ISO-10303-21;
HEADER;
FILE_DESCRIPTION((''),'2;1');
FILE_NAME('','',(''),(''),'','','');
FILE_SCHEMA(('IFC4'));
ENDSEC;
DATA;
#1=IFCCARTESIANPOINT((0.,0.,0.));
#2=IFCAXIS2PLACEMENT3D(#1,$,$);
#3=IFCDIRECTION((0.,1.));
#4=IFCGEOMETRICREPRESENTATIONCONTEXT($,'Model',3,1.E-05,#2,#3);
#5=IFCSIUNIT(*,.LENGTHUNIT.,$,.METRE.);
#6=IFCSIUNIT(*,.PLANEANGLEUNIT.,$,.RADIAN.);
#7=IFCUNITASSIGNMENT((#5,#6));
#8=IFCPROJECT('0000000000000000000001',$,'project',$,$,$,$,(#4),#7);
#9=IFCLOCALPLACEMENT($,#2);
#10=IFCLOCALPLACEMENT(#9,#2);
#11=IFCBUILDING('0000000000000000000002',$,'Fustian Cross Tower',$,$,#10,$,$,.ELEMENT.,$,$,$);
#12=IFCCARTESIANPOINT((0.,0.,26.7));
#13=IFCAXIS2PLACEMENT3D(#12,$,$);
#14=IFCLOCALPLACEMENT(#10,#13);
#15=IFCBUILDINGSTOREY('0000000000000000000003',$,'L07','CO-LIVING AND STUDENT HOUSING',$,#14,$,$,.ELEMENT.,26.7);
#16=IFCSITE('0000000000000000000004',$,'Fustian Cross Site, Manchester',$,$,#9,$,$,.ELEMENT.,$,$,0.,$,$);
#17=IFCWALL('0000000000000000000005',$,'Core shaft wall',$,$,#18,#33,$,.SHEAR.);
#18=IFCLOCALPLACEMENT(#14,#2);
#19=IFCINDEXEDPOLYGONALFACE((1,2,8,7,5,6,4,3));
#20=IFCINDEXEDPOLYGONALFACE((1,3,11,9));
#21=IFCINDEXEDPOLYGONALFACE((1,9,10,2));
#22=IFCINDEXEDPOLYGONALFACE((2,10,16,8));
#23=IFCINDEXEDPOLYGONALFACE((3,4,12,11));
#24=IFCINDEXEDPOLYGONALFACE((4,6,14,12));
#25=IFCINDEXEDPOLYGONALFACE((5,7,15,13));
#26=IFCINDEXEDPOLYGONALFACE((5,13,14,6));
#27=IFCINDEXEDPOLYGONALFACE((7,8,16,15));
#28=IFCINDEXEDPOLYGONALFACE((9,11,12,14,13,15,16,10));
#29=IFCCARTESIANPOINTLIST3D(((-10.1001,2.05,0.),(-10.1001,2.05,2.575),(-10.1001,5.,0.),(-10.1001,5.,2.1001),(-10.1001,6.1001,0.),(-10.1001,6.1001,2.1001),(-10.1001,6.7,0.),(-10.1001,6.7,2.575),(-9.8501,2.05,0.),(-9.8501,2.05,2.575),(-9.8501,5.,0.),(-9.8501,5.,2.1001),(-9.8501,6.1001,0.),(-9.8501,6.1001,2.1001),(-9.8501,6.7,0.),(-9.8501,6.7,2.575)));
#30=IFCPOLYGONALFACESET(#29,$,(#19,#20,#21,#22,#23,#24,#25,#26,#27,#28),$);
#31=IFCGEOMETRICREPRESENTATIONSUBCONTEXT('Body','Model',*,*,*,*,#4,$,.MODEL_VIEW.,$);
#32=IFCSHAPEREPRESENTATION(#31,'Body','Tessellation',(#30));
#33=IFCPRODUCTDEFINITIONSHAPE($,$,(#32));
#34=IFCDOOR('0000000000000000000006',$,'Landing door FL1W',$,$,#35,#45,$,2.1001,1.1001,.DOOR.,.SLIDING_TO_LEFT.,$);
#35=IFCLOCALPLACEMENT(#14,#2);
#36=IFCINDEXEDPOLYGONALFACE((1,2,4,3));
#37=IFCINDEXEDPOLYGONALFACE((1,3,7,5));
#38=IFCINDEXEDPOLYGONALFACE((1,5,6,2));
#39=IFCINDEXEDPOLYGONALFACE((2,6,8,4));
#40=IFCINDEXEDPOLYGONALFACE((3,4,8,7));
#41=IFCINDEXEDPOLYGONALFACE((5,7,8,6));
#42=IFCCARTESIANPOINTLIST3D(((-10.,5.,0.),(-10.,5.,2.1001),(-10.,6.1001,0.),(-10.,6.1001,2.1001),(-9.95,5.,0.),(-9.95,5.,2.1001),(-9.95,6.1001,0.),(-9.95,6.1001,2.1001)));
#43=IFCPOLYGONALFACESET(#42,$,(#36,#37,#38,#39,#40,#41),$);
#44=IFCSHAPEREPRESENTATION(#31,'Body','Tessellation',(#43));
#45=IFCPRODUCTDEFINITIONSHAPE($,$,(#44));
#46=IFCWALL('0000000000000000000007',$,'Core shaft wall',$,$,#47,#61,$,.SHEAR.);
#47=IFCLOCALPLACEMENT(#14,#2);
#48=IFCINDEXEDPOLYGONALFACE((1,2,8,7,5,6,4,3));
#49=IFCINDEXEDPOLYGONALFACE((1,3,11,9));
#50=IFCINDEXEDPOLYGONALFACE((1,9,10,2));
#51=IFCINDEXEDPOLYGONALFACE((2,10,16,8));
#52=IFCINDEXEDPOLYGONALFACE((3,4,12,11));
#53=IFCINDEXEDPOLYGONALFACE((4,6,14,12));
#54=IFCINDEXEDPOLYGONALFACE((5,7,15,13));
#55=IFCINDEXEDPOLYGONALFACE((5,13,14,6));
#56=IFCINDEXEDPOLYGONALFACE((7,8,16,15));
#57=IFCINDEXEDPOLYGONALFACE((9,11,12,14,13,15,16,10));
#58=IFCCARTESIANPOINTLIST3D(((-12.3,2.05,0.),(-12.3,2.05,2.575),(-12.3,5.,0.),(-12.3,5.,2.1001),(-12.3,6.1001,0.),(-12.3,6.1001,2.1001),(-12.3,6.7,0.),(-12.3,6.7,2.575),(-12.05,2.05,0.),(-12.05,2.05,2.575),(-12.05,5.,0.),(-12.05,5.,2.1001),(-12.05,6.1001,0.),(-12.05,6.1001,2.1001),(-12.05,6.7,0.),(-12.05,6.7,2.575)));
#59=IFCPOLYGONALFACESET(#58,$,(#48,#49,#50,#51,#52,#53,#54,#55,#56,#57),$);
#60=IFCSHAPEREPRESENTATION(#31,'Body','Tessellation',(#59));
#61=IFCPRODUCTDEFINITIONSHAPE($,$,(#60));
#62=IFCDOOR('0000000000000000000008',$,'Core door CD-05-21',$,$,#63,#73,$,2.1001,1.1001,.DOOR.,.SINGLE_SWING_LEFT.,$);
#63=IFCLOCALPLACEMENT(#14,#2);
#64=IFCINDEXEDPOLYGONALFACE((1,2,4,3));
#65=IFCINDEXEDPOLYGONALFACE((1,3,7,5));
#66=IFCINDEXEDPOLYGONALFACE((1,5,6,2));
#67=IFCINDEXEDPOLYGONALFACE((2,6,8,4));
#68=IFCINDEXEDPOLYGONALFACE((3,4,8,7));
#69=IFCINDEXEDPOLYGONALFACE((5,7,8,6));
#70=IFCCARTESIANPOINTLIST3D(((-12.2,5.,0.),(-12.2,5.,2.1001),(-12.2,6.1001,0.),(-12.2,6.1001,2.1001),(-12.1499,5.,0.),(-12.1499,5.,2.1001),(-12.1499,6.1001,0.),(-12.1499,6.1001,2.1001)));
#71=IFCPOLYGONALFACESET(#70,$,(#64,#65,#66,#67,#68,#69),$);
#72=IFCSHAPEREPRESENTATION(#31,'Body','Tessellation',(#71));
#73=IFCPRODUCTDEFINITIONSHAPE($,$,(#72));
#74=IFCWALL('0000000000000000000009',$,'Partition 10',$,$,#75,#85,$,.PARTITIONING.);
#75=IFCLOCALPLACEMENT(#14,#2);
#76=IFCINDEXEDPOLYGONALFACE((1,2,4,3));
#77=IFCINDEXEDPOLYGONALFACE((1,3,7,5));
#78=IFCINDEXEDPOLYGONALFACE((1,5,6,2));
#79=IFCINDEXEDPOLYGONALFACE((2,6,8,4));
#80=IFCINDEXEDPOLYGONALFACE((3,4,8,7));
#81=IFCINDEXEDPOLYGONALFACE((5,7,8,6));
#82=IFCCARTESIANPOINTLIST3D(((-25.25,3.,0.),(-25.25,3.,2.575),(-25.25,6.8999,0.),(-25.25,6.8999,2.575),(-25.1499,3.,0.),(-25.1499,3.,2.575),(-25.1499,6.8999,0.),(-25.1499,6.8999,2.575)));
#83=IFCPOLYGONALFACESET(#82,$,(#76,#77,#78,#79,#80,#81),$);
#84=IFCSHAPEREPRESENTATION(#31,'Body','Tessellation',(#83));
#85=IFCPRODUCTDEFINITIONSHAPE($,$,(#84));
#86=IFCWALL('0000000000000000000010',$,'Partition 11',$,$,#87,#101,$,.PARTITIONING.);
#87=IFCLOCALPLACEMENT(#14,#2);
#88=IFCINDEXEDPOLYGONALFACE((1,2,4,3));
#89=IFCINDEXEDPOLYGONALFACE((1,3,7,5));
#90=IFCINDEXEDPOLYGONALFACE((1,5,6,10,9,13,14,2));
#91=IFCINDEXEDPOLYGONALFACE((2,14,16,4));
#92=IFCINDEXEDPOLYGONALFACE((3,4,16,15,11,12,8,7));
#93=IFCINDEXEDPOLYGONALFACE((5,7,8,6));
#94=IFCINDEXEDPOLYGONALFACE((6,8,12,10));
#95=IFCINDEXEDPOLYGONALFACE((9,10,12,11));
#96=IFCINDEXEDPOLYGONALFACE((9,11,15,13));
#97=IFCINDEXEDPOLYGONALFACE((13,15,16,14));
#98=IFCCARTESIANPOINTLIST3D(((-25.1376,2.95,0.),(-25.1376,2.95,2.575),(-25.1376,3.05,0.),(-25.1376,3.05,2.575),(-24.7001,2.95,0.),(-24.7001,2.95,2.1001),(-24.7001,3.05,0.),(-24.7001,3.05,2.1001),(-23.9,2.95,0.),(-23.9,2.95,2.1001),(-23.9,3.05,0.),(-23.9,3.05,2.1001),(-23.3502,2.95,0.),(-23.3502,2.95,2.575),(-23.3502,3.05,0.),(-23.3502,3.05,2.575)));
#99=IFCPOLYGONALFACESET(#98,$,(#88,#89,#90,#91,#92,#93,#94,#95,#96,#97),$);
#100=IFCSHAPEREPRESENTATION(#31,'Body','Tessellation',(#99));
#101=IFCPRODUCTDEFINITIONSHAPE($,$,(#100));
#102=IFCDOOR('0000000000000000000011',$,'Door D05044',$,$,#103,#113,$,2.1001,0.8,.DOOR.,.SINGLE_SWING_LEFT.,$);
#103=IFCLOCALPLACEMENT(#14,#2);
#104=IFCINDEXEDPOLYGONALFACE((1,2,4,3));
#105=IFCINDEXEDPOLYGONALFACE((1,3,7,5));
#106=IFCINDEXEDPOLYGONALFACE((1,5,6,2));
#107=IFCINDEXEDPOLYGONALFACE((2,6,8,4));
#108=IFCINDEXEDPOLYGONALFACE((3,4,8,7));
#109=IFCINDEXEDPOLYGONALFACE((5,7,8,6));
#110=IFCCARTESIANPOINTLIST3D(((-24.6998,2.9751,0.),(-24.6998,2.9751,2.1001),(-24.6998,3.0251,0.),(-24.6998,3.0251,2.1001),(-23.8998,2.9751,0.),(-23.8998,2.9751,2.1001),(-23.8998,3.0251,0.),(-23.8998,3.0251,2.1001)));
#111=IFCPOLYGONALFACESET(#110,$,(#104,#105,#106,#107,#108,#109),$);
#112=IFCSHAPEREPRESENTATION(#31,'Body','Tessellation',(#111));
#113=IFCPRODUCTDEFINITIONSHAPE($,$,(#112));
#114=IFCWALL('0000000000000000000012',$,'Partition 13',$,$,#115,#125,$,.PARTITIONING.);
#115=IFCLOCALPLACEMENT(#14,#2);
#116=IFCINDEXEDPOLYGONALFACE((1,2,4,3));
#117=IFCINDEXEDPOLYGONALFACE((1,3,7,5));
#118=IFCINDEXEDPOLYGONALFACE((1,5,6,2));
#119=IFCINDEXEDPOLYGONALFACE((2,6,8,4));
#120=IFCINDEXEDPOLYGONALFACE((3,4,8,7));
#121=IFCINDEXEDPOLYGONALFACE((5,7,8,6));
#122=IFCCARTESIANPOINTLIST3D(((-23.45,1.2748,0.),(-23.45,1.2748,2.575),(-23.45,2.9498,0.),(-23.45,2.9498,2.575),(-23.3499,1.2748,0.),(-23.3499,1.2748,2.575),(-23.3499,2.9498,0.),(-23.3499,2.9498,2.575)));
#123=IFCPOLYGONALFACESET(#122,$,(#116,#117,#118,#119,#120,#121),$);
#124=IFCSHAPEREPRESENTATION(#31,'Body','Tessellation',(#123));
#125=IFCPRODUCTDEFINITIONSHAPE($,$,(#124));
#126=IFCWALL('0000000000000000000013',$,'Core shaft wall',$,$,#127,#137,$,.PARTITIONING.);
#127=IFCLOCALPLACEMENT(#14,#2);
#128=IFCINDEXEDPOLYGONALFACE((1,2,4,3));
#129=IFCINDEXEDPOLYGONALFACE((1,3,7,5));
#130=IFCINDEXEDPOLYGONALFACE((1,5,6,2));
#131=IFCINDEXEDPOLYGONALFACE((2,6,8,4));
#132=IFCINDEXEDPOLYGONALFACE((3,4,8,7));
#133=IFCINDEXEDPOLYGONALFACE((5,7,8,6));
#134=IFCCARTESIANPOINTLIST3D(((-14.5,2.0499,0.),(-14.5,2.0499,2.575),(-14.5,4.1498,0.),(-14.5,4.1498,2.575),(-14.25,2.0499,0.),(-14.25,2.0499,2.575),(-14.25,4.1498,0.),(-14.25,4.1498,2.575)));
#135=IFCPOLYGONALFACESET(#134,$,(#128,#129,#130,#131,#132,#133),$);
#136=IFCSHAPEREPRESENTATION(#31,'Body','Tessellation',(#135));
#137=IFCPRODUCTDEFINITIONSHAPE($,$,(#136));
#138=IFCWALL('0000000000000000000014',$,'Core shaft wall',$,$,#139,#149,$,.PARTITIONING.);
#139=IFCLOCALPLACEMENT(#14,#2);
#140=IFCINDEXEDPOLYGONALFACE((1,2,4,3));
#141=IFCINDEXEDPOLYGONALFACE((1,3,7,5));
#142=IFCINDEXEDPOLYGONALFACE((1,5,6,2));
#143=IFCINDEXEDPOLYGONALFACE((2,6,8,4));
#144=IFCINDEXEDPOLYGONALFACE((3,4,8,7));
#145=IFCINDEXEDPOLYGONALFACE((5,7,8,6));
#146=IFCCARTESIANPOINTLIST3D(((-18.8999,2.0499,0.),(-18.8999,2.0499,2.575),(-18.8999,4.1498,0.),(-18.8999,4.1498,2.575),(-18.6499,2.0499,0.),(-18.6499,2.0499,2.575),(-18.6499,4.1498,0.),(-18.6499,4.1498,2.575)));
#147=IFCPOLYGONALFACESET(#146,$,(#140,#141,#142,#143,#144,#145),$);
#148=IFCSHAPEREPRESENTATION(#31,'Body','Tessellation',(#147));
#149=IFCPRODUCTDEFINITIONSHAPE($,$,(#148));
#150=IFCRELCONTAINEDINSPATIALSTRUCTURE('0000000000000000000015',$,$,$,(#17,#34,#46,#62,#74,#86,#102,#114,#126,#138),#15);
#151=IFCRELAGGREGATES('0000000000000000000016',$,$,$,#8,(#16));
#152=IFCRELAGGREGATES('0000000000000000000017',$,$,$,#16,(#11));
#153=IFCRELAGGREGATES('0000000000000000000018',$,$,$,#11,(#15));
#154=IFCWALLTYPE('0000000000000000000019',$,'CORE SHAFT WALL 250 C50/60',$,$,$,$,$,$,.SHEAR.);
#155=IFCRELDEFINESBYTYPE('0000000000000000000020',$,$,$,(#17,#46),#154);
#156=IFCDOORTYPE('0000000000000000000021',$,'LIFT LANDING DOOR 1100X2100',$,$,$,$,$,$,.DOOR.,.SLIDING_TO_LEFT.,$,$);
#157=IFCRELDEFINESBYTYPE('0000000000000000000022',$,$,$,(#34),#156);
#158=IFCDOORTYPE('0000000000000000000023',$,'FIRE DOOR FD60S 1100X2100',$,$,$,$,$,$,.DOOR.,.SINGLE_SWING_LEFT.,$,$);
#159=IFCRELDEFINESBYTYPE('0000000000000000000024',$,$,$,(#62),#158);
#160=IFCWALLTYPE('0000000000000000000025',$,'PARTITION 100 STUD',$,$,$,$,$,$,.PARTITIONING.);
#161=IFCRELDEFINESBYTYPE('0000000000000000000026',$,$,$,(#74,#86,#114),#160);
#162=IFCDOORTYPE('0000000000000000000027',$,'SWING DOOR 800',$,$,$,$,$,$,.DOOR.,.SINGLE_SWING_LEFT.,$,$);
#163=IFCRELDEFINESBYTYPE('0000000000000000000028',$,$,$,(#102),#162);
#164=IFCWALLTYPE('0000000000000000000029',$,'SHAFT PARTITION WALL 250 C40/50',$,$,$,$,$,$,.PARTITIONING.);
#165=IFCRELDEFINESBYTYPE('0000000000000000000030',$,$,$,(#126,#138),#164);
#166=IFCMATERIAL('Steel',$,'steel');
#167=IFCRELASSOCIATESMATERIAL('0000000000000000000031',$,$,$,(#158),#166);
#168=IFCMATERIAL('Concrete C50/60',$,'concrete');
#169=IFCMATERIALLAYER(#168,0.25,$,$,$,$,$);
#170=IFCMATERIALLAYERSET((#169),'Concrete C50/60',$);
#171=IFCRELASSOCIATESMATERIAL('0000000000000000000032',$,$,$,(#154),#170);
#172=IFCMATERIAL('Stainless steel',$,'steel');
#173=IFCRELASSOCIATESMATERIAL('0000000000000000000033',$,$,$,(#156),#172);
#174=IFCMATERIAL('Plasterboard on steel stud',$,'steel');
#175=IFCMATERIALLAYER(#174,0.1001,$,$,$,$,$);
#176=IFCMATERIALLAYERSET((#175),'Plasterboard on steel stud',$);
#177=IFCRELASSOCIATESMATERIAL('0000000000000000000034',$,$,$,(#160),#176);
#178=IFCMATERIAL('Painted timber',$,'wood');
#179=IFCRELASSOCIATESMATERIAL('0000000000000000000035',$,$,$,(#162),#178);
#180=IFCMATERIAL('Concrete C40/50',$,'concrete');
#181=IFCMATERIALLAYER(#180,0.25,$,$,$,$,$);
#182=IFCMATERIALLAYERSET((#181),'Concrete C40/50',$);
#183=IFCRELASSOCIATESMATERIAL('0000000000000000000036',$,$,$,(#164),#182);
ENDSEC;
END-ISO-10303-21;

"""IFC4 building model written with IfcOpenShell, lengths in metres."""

from ifc_helpers import new_model, si_unit, direction, frame, frame_2d, origin, place, context, subcontext, project, spatial, rectangle, extrude, material, layer, layer_set, type_object, element, fill, save


model = new_model("IFC4")

# Units and contexts
model_context = context("Model", 3, precision=1e-05, world=origin(), true_north=direction((0.0, 1.0)))
body_context = subcontext(model_context, "Body", "Model", "MODEL_VIEW")
ifc_project = project(units=[si_unit("LENGTHUNIT", "METRE"), si_unit("PLANEANGLEUNIT", "RADIAN")], contexts=[model_context])

# Site, building, storey
site_placement = place(None, origin())
site = spatial("IfcSite", under=ifc_project, at=site_placement, Name="Fustian Cross Site, Manchester", CompositionType="ELEMENT", RefElevation=0.0)
building_placement = place(site_placement, origin())
building = spatial("IfcBuilding", under=site, at=building_placement, Name="Fustian Cross Tower", CompositionType="ELEMENT")
storey_placement = place(building_placement, frame((0.0, 0.0, 26.7)))
storey = spatial("IfcBuildingStorey", under=building, at=storey_placement, Name="L07", Description="CO-LIVING AND STUDENT HOUSING", CompositionType="ELEMENT", Elevation=26.7)

# Shared definitions
ifc_material_1 = material(Name="Steel", Category="steel")
door_type_1 = type_object("IfcDoorType", Name="FIRE DOOR FD60S 1100X2100", OperationType="SINGLE_SWING_LEFT", PredefinedType="DOOR", material=ifc_material_1)

# Shared definitions
ifc_material_2 = material(Name="Concrete C50/60", Category="concrete")
ifc_layer_1 = layer(ifc_material_2, 0.25)
ifc_layer_set_1 = layer_set([ifc_layer_1], Name="Concrete C50/60")
wall_type_1 = type_object("IfcWallType", Name="CORE SHAFT WALL 250 C50/60", PredefinedType="SHEAR", material=ifc_layer_set_1)

# Walls, openings, doors
wall_1_placement = place(storey_placement, frame((-9.9751, 2.05, 0.0), z_axis=(0.0, 0.0, 1.0), x_axis=(0.0, 1.0, 0.0)))
wall_1 = element("IfcWall", 1, at=wall_1_placement, inside=storey, type_object=wall_type_1, Name="Core shaft wall", PredefinedType="SHEAR", context=body_context, shape_type="SweptSolid", body=[
    extrude(rectangle(XDim=4.6499, YDim=0.25, at=frame_2d((2.325, 0.0))), origin(), (0.0, 0.0, 1.0), 2.575),
])
opening_1_placement = place(wall_1_placement, frame((2.95, 0.0, 0.0)))
opening_1 = element("IfcOpeningElement", 2, at=opening_1_placement, cuts=wall_1, PredefinedType="OPENING", context=body_context, shape_type="SweptSolid", body=[
    extrude(rectangle(XDim=1.1001, YDim=2.1001, at=frame_2d((0.55, 1.05))), frame((0.0, 0.135, 0.0), z_axis=(0.0, -1.0, 0.0), x_axis=(1.0, 0.0, 0.0)), (0.0, 0.0, 1.0), 0.27),
])
ifc_material_3 = material(Name="Stainless steel", Category="steel")
door_type_2 = type_object("IfcDoorType", Name="LIFT LANDING DOOR 1100X2100", OperationType="SLIDING_TO_LEFT", PredefinedType="DOOR", material=ifc_material_3)
door_1_placement = place(opening_1_placement, origin())
door_1 = element("IfcDoor", 3, at=door_1_placement, inside=storey, type_object=door_type_2, Name="Landing door FL1W", OperationType="SLIDING_TO_LEFT", OverallHeight=2.1001, OverallWidth=1.1001, PredefinedType="DOOR", context=body_context, shape_type="SweptSolid", body=[
    extrude(rectangle(XDim=1.1001, YDim=2.1001, at=frame_2d((0.55, 1.05))), frame((0.0, 0.0249, 0.0), z_axis=(0.0, -1.0, 0.0), x_axis=(1.0, 0.0, 0.0)), (0.0, 0.0, 1.0), 0.05),
])
fill(opening_1, door_1)
wall_2_placement = place(storey_placement, frame((-12.175, 2.05, 0.0), z_axis=(0.0, 0.0, 1.0), x_axis=(0.0, 1.0, 0.0)))
wall_2 = element("IfcWall", 4, at=wall_2_placement, inside=storey, type_object=wall_type_1, Name="Core shaft wall", PredefinedType="SHEAR", context=body_context, shape_type="SweptSolid", body=[
    extrude(rectangle(XDim=4.6499, YDim=0.25, at=frame_2d((2.325, 0.0))), origin(), (0.0, 0.0, 1.0), 2.575),
])
opening_2_placement = place(wall_2_placement, frame((2.95, 0.0, 0.0)))
opening_2 = element("IfcOpeningElement", 5, at=opening_2_placement, cuts=wall_2, PredefinedType="OPENING", context=body_context, shape_type="SweptSolid", body=[
    extrude(rectangle(XDim=1.1001, YDim=2.1001, at=frame_2d((0.55, 1.05))), frame((0.0, 0.135, 0.0), z_axis=(0.0, -1.0, 0.0), x_axis=(1.0, 0.0, 0.0)), (0.0, 0.0, 1.0), 0.27),
])
door_2_placement = place(opening_2_placement, origin())
door_2 = element("IfcDoor", 6, at=door_2_placement, inside=storey, type_object=door_type_1, Name="Core door CD-05-21", OperationType="SINGLE_SWING_LEFT", OverallHeight=2.1001, OverallWidth=1.1001, PredefinedType="DOOR", context=body_context, shape_type="SweptSolid", body=[
    extrude(rectangle(XDim=1.1001, YDim=2.1001, at=frame_2d((0.55, 1.05))), frame((0.0, 0.0249, 0.0), z_axis=(0.0, -1.0, 0.0), x_axis=(1.0, 0.0, 0.0)), (0.0, 0.0, 1.0), 0.05),
])
fill(opening_2, door_2)

# Wall
ifc_material_4 = material(Name="Plasterboard on steel stud", Category="steel")
ifc_layer_2 = layer(ifc_material_4, 0.1001)
ifc_layer_set_2 = layer_set([ifc_layer_2], Name="Plasterboard on steel stud")
wall_type_2 = type_object("IfcWallType", Name="PARTITION 100 STUD", PredefinedType="PARTITIONING", material=ifc_layer_set_2)
wall_3_placement = place(storey_placement, frame((-25.2, 3.0, 0.0), z_axis=(0.0, 0.0, 1.0), x_axis=(0.0, 1.0, 0.0)))
element("IfcWall", 7, at=wall_3_placement, inside=storey, type_object=wall_type_2, Name="Partition 10", PredefinedType="PARTITIONING", context=body_context, shape_type="SweptSolid", body=[
    extrude(rectangle(XDim=3.8999, YDim=0.1001, at=frame_2d((1.95, 0.0))), origin(), (0.0, 0.0, 1.0), 2.575),
])

# Wall, opening, door
wall_4_placement = place(storey_placement, frame((-25.1375, 3.0, 0.0), z_axis=(0.0, 0.0, 1.0), x_axis=(1.0, 0.0, 0.0)))
wall_4 = element("IfcWall", 8, at=wall_4_placement, inside=storey, type_object=wall_type_2, Name="Partition 11", PredefinedType="PARTITIONING", context=body_context, shape_type="SweptSolid", body=[
    extrude(rectangle(XDim=1.7874, YDim=0.1001, at=frame_2d((0.8936, 0.0))), origin(), (0.0, 0.0, 1.0), 2.575),
])
opening_3_placement = place(wall_4_placement, frame((0.4375, 0.0, 0.0)))
opening_3 = element("IfcOpeningElement", 9, at=opening_3_placement, cuts=wall_4, PredefinedType="OPENING", context=body_context, shape_type="SweptSolid", body=[
    extrude(rectangle(XDim=0.8, YDim=2.1001, at=frame_2d((0.3999, 1.05))), frame((0.0, 0.0601, 0.0), z_axis=(0.0, -1.0, 0.0), x_axis=(1.0, 0.0, 0.0)), (0.0, 0.0, 1.0), 0.1201),
])
ifc_material_5 = material(Name="Painted timber", Category="wood")
door_type_3 = type_object("IfcDoorType", Name="SWING DOOR 800", OperationType="SINGLE_SWING_LEFT", PredefinedType="DOOR", material=ifc_material_5)
door_3_placement = place(opening_3_placement, frame((0.8, 0.0, 0.0), z_axis=(0.0, 0.0, 1.0), x_axis=(-1.0, 0.0, 0.0)))
door_3 = element("IfcDoor", 10, at=door_3_placement, inside=storey, type_object=door_type_3, Name="Door D05044", OperationType="SINGLE_SWING_LEFT", OverallHeight=2.1001, OverallWidth=0.8, PredefinedType="DOOR", context=body_context, shape_type="SweptSolid", body=[
    extrude(rectangle(XDim=0.8, YDim=2.1001, at=frame_2d((0.3999, 1.05))), frame((0.0, 0.0249, 0.0), z_axis=(0.0, -1.0, 0.0), x_axis=(1.0, 0.0, 0.0)), (0.0, 0.0, 1.0), 0.05),
])
fill(opening_3, door_3)

# Walls
wall_5_placement = place(storey_placement, frame((-23.3999, 1.2749, 0.0), z_axis=(0.0, 0.0, 1.0), x_axis=(0.0, 1.0, 0.0)))
element("IfcWall", 11, at=wall_5_placement, inside=storey, type_object=wall_type_2, Name="Partition 13", PredefinedType="PARTITIONING", context=body_context, shape_type="SweptSolid", body=[
    extrude(rectangle(XDim=1.675, YDim=0.1001, at=frame_2d((0.8374, 0.0))), origin(), (0.0, 0.0, 1.0), 2.575),
])
ifc_material_6 = material(Name="Concrete C40/50", Category="concrete")
ifc_layer_3 = layer(ifc_material_6, 0.25)
ifc_layer_set_3 = layer_set([ifc_layer_3], Name="Concrete C40/50")
wall_type_3 = type_object("IfcWallType", Name="SHAFT PARTITION WALL 250 C40/50", PredefinedType="PARTITIONING", material=ifc_layer_set_3)
for number, where, z_axis, x_axis, name in (
    (12, (-14.375, 2.05, 0.0), (0.0, 0.0, 1.0), (0.0, 1.0, 0.0), "Core shaft wall"),
    (13, (-18.7749, 2.05, 0.0), (0.0, 0.0, 1.0), (0.0, 1.0, 0.0), "Core shaft wall"),
):
    element("IfcWall", number, at=place(storey_placement, frame(where, z_axis=z_axis, x_axis=x_axis)), inside=storey, type_object=wall_type_3, Name=name, PredefinedType="PARTITIONING", context=body_context, shape_type="SweptSolid", body=[
        extrude(rectangle(XDim=2.0999, YDim=0.25, at=frame_2d((1.0498, 0.0))), origin(), (0.0, 0.0, 1.0), 2.575),
    ])

save(model, "model.ifc")
